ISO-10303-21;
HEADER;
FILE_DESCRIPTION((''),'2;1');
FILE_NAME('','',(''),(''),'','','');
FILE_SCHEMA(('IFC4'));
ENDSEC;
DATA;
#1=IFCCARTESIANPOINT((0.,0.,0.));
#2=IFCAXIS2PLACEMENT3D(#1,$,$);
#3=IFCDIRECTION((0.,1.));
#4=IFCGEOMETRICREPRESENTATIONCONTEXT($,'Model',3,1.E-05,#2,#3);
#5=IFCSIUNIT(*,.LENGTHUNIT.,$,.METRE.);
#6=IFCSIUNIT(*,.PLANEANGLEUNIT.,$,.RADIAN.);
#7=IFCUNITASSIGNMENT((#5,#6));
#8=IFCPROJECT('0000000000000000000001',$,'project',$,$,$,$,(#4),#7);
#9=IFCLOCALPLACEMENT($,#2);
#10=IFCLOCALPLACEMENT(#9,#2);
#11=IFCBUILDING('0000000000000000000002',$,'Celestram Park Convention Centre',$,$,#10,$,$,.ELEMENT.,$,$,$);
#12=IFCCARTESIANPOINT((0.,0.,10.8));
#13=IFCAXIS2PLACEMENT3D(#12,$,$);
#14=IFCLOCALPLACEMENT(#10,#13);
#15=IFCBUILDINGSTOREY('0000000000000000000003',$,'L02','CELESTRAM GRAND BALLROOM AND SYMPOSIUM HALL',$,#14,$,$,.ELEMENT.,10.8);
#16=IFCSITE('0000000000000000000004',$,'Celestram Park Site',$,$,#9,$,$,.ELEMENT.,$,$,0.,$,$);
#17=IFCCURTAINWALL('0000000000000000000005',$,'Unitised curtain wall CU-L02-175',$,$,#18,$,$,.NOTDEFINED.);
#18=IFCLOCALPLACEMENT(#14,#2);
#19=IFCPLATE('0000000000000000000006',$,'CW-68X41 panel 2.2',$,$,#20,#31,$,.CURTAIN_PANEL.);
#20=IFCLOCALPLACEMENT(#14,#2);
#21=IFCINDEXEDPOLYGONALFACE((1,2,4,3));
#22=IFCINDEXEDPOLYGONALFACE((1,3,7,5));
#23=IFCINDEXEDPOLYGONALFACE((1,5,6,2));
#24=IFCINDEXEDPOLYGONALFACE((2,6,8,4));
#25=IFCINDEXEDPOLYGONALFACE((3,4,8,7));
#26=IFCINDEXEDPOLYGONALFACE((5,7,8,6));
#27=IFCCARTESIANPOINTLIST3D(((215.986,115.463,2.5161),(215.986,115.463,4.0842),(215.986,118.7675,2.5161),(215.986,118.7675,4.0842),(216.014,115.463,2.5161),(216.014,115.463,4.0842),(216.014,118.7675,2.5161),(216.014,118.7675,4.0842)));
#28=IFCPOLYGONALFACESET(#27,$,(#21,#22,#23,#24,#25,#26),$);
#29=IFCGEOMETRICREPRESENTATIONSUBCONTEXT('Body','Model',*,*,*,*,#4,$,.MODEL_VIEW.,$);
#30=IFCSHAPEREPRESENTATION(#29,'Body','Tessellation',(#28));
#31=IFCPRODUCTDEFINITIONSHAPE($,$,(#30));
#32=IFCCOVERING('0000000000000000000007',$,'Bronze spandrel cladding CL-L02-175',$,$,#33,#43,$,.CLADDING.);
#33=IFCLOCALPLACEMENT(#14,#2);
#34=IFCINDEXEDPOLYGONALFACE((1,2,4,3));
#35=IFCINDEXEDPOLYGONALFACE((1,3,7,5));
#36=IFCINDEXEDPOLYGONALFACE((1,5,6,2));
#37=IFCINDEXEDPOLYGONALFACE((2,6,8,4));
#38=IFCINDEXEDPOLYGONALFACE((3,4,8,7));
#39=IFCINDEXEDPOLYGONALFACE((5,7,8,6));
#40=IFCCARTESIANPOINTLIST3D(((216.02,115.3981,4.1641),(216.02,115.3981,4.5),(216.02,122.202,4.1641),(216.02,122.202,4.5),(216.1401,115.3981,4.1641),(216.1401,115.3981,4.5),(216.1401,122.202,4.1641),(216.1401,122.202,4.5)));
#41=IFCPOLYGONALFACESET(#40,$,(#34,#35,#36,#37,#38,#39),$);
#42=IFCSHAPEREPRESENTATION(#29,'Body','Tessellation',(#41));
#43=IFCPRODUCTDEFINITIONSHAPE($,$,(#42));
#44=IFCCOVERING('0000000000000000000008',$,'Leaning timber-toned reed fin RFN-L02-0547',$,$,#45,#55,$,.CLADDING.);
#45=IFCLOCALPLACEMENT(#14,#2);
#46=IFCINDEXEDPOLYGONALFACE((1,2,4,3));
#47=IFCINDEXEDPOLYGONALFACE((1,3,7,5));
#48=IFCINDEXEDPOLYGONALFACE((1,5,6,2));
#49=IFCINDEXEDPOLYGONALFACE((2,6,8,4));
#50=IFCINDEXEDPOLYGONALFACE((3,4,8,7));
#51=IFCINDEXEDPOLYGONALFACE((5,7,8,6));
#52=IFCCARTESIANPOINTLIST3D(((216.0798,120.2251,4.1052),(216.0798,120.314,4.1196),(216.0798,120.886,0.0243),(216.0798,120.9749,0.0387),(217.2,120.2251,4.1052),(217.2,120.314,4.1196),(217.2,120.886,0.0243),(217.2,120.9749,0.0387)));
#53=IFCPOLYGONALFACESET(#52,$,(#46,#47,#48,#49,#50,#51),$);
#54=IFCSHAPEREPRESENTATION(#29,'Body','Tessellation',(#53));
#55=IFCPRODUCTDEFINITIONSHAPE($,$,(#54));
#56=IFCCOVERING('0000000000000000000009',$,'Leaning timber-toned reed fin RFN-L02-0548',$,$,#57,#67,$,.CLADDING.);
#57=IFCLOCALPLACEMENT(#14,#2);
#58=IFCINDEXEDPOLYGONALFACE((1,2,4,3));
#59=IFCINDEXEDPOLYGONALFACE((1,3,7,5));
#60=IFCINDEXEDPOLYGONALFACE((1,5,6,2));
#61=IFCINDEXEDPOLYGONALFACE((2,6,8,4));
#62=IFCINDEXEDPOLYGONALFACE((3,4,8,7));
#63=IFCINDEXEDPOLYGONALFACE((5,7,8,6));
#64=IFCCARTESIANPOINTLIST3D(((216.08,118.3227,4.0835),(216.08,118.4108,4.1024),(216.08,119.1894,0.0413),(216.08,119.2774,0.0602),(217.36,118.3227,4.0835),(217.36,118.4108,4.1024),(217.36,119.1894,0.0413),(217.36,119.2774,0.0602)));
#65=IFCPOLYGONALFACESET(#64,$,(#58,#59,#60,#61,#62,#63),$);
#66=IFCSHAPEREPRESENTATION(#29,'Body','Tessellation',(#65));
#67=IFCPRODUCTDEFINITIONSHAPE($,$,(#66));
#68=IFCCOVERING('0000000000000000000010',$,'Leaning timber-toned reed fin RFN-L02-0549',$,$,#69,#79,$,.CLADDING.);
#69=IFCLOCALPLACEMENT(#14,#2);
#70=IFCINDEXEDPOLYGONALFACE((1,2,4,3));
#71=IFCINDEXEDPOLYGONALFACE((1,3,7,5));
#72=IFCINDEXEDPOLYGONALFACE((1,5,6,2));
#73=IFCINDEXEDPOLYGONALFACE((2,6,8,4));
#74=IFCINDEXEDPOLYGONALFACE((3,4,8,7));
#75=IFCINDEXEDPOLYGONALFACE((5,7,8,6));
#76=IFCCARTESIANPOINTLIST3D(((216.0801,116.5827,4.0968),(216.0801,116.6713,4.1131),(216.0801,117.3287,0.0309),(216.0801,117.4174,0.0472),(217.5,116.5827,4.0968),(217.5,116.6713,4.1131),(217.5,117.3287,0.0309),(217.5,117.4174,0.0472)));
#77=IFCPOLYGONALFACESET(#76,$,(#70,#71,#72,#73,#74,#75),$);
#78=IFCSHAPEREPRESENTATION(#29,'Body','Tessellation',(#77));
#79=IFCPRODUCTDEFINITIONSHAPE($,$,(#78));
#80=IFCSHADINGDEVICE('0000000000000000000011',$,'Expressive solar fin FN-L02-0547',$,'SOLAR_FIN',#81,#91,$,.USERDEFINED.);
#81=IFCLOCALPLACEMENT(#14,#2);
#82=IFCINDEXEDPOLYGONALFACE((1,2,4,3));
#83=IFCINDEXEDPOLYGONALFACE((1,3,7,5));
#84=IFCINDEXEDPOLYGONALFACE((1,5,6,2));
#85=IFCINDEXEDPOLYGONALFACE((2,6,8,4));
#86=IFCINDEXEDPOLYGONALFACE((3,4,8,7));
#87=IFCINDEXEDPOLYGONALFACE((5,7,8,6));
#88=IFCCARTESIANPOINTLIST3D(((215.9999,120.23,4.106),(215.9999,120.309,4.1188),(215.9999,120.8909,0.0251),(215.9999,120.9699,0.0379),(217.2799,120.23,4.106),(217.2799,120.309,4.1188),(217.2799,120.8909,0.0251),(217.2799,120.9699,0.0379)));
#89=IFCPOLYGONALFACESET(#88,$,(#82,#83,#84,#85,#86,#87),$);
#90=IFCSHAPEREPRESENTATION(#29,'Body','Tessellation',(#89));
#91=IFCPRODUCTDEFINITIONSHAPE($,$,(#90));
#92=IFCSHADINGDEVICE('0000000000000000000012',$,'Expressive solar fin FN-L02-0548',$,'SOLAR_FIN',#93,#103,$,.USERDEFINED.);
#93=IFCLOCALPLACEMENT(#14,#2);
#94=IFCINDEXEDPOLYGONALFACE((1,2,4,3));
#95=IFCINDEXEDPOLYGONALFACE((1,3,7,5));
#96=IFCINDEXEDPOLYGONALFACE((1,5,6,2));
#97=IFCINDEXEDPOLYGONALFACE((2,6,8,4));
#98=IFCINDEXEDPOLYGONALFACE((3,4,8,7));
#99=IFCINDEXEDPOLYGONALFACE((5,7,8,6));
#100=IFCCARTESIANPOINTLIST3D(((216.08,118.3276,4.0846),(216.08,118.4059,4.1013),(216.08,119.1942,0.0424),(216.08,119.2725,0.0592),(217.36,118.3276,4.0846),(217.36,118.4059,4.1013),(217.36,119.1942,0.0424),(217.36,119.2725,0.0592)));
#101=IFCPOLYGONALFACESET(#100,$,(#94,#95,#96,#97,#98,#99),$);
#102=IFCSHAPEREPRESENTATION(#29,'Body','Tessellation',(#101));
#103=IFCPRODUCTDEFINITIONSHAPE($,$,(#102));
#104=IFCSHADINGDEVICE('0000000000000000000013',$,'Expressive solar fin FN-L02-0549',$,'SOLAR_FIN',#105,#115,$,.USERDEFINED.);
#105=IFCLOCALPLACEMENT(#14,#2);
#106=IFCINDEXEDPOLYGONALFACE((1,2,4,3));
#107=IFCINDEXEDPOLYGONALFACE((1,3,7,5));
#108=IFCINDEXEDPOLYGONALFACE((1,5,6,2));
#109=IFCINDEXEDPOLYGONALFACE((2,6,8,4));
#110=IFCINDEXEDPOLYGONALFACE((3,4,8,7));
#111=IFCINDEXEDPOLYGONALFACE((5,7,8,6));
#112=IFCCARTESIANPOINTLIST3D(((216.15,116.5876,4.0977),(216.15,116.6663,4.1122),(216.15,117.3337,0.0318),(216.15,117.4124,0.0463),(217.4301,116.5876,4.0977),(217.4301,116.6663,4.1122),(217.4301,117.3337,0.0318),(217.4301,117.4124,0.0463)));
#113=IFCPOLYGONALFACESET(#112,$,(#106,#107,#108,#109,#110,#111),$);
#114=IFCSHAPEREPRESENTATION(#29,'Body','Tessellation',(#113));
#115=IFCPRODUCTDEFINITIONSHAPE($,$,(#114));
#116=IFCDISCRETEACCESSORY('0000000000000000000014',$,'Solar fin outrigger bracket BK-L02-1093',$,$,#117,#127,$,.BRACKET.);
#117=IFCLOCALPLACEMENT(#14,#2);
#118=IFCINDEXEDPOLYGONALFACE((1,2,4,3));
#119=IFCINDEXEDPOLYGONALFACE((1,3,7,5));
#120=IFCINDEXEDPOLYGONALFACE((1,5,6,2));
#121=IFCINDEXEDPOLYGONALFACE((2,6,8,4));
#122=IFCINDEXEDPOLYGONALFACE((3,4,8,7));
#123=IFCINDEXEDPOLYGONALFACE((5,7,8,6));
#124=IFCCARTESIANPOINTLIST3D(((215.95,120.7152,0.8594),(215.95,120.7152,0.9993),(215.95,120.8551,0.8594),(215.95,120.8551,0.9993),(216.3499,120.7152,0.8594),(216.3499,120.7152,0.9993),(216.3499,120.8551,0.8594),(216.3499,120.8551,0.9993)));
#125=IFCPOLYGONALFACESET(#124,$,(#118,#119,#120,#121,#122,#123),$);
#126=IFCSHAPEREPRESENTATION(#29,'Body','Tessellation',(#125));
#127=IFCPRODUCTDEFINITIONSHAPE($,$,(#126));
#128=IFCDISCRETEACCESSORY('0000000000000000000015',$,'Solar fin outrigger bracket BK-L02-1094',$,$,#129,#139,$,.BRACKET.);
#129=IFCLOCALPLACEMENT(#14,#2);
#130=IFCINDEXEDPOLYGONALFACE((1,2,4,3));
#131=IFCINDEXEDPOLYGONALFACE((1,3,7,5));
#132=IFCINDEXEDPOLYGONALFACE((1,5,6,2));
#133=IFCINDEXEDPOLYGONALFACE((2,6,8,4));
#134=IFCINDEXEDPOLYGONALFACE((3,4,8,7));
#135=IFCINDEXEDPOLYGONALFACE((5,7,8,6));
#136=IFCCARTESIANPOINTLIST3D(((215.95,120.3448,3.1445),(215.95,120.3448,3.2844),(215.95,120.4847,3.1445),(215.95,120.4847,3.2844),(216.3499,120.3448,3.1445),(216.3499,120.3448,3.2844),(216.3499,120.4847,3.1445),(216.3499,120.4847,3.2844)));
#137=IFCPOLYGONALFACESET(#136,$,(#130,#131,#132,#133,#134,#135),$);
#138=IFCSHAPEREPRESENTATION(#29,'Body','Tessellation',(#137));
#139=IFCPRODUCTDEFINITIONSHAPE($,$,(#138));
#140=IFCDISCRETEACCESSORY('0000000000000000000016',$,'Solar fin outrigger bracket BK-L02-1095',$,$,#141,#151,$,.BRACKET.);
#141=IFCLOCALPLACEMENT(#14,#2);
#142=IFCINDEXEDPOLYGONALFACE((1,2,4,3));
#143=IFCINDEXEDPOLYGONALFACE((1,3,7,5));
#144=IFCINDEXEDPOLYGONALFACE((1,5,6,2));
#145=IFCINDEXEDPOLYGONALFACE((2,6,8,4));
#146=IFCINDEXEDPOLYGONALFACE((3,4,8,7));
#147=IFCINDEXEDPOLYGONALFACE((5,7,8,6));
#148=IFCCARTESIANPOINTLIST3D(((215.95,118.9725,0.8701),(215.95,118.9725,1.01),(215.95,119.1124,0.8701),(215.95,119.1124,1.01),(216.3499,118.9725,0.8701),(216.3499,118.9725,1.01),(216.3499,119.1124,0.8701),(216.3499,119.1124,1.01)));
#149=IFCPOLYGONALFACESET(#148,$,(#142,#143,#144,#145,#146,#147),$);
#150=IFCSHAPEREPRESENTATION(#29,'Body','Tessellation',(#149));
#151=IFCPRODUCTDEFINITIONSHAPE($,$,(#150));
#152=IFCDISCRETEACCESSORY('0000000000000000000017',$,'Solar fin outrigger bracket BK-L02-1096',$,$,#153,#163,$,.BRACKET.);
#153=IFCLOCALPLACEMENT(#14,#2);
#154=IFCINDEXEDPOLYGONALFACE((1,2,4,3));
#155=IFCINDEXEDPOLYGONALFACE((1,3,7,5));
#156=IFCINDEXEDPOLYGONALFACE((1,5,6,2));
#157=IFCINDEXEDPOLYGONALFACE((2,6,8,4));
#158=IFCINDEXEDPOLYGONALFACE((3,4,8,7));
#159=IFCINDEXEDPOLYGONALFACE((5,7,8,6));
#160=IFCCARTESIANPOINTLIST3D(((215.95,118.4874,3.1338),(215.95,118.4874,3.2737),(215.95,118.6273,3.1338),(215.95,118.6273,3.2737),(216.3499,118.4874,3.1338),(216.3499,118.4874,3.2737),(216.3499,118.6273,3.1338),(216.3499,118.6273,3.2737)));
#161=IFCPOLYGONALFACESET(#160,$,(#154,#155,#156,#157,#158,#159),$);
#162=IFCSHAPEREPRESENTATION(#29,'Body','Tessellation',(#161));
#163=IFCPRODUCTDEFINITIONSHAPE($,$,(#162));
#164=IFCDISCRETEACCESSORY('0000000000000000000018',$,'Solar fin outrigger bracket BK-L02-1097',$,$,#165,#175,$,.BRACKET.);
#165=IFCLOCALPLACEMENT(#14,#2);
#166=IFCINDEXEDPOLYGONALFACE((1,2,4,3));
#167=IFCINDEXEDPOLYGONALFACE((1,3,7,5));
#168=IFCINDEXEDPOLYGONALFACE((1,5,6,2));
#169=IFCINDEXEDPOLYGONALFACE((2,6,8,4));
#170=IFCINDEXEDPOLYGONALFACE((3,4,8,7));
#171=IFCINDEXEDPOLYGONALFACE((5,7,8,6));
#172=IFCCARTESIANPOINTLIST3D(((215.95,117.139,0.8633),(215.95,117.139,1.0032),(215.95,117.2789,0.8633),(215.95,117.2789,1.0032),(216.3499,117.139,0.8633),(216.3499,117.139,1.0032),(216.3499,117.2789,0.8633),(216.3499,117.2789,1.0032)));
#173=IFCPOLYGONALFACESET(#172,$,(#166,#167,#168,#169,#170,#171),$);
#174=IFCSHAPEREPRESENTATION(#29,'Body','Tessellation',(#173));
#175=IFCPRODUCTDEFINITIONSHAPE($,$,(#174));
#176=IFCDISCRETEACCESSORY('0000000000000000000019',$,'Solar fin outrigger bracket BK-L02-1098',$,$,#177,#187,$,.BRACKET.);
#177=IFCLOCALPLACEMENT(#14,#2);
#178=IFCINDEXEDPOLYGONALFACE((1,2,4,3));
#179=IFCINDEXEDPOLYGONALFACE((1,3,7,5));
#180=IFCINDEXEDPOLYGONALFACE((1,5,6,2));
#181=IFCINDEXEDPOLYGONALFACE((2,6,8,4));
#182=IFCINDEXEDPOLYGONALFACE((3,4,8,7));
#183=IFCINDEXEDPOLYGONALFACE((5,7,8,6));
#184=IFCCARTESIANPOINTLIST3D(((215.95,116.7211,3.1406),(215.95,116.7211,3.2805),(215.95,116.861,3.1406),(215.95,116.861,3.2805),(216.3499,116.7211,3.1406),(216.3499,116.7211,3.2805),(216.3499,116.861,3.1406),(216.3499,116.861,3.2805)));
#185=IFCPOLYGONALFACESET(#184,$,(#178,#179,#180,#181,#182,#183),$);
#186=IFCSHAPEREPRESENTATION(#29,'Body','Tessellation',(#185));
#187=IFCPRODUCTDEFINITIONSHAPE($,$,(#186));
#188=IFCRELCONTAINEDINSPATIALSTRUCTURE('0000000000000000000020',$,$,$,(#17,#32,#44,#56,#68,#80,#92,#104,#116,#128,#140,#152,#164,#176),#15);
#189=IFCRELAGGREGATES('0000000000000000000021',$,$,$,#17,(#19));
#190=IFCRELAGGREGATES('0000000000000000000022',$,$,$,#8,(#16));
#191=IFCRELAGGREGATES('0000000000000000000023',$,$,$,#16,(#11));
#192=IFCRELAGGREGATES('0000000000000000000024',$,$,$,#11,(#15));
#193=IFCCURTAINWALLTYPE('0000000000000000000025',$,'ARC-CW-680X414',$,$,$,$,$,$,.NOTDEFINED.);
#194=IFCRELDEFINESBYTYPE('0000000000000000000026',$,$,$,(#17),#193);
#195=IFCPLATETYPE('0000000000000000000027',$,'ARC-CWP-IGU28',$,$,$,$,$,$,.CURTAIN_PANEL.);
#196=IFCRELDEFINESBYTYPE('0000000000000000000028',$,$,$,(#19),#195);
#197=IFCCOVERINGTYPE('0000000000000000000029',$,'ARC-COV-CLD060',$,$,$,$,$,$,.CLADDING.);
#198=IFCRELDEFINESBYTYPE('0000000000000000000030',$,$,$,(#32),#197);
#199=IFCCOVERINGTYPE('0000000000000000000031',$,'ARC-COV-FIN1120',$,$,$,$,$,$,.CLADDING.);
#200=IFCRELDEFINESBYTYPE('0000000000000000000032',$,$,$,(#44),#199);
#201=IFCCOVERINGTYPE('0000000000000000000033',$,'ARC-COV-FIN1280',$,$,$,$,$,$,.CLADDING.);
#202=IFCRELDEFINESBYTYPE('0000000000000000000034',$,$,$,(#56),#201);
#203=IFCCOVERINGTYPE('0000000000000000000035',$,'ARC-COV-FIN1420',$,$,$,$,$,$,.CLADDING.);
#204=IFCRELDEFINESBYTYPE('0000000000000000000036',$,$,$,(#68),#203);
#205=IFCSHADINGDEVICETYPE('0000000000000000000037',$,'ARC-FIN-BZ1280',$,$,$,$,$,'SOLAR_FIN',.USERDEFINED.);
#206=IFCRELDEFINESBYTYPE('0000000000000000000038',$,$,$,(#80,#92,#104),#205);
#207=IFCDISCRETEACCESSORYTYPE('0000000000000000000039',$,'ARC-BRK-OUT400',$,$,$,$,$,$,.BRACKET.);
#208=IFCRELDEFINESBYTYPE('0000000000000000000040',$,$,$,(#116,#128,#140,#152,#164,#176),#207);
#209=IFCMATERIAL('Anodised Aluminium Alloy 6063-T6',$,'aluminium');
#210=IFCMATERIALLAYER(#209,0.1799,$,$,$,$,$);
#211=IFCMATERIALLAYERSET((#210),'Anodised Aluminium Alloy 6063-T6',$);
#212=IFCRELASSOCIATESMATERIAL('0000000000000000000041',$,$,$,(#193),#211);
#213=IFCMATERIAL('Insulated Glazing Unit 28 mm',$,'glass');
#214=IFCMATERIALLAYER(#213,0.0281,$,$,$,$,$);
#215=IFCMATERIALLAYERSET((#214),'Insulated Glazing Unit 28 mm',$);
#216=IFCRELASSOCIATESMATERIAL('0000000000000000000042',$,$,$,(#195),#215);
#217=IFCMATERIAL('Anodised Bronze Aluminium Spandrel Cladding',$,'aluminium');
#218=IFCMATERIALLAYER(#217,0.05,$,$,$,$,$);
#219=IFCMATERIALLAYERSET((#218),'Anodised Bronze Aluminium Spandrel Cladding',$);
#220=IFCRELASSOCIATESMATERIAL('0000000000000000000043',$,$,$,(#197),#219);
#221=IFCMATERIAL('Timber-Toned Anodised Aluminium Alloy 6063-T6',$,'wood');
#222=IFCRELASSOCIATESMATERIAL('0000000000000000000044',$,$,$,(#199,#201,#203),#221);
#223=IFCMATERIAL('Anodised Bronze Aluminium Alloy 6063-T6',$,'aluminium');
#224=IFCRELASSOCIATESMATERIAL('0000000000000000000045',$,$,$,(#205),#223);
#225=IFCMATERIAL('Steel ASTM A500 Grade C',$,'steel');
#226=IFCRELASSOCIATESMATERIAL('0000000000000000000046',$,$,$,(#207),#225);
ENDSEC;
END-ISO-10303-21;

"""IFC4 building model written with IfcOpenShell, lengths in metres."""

from ifc_helpers import new_model, si_unit, direction, frame, origin, origin_2d, place, context, subcontext, project, spatial, rectangle, extrude, material, layer, layer_set, material_profile, profile_set, type_object, element, aggregate, save


model = new_model("IFC4")

# Units and contexts
model_context = context("Model", 3, precision=1e-05, world=origin(), true_north=direction((0.0, 1.0)))
body_context = subcontext(model_context, "Body", "Model", "MODEL_VIEW")
ifc_project = project(units=[si_unit("LENGTHUNIT", "METRE"), si_unit("PLANEANGLEUNIT", "RADIAN")], contexts=[model_context])

# Site, building, storey
site_placement = place(None, origin())
site = spatial("IfcSite", under=ifc_project, at=site_placement, Name="Celestram Park Site", CompositionType="ELEMENT", RefElevation=0.0)
building_placement = place(site_placement, origin())
building = spatial("IfcBuilding", under=site, at=building_placement, Name="Celestram Park Convention Centre", CompositionType="ELEMENT")
storey_placement = place(building_placement, frame((0.0, 0.0, 10.8)))
storey = spatial("IfcBuildingStorey", under=building, at=storey_placement, Name="L02", Description="CELESTRAM GRAND BALLROOM AND SYMPOSIUM HALL", CompositionType="ELEMENT", Elevation=10.8)

# Shared definitions
ifc_material_1 = material(Name="Steel ASTM A500 Grade C", Category="steel")

# Curtain wall, plate
ifc_material_2 = material(Name="Anodised Aluminium Alloy 6063-T6", Category="aluminium")
ifc_layer_1 = layer(ifc_material_2, 0.1799)
ifc_layer_set_1 = layer_set([ifc_layer_1], Name="Anodised Aluminium Alloy 6063-T6")
curtain_wall_type = type_object("IfcCurtainWallType", Name="ARC-CW-680X414", PredefinedType="NOTDEFINED", material=ifc_layer_set_1)
curtain_wall_placement = place(storey_placement, origin())
curtain_wall = element("IfcCurtainWall", 1, at=curtain_wall_placement, inside=storey, type_object=curtain_wall_type, Name="Unitised curtain wall CU-L02-175", PredefinedType="NOTDEFINED")
ifc_material_3 = material(Name="Insulated Glazing Unit 28 mm", Category="glass")
ifc_layer_2 = layer(ifc_material_3, 0.0281)
ifc_layer_set_2 = layer_set([ifc_layer_2], Name="Insulated Glazing Unit 28 mm")
plate_type = type_object("IfcPlateType", Name="ARC-CWP-IGU28", PredefinedType="CURTAIN_PANEL", material=ifc_layer_set_2)
plate_1_placement = place(storey_placement, frame((216.0, 117.1152, 2.5161), z_axis=(0.0, 0.0, 1.0), x_axis=(0.0, -1.0, 0.0)))
plate_1 = element("IfcPlate", 2, at=plate_1_placement, type_object=plate_type, Name="CW-68X41 panel 2.2", PredefinedType="CURTAIN_PANEL", context=body_context, shape_type="SweptSolid", body=[
    extrude(rectangle(XDim=3.3044, YDim=0.0281, at=origin_2d()), origin(), (0.0, 0.0, 1.0), 1.5681),
])
aggregate(curtain_wall, [plate_1])

# Coverings
ifc_material_4 = material(Name="Anodised Bronze Aluminium Spandrel Cladding", Category="aluminium")
ifc_layer_3 = layer(ifc_material_4, 0.05)
ifc_layer_set_3 = layer_set([ifc_layer_3], Name="Anodised Bronze Aluminium Spandrel Cladding")
covering_type_1 = type_object("IfcCoveringType", Name="ARC-COV-CLD060", PredefinedType="CLADDING", material=ifc_layer_set_3)
covering_1_placement = place(storey_placement, frame((216.0801, 118.8, 4.1641), z_axis=(0.0, 0.0, 1.0), x_axis=(0.0, -1.0, 0.0)))
element("IfcCovering", 3, at=covering_1_placement, inside=storey, type_object=covering_type_1, Name="Bronze spandrel cladding CL-L02-175", PredefinedType="CLADDING", context=body_context, shape_type="SweptSolid", body=[
    extrude(rectangle(XDim=6.804, YDim=0.1201, at=origin_2d()), origin(), (0.0, 0.0, 1.0), 0.3359),
])
ifc_material_5 = material(Name="Timber-Toned Anodised Aluminium Alloy 6063-T6", Category="wood")
ifc_material_profile_1 = material_profile(ifc_material_5, rectangle(XDim=1.1201, YDim=0.0901, at=origin_2d()), Name="REED1120X90")
ifc_profile_set_1 = profile_set([ifc_material_profile_1], Name="Timber-Toned Anodised Aluminium Alloy 6063-T6")
covering_type_2 = type_object("IfcCoveringType", Name="ARC-COV-FIN1120", PredefinedType="CLADDING", material=ifc_profile_set_1)
covering_2_placement = place(storey_placement, frame((216.6399, 120.9304, 0.0315), z_axis=(0.0, -0.159867, 0.987138), x_axis=(1.0, 0.0, 0.0)))
element("IfcCovering", 4, at=covering_2_placement, inside=storey, type_object=covering_type_2, Name="Leaning timber-toned reed fin RFN-L02-0547", PredefinedType="CLADDING", context=body_context, shape_type="SweptSolid", body=[
    extrude(rectangle(XDim=1.1201, YDim=0.0901, at=origin_2d()), origin(), (0.0, 0.0, 1.0), 4.134),
])
ifc_material_profile_2 = material_profile(ifc_material_5, rectangle(XDim=1.28, YDim=0.0901, at=origin_2d()), Name="REED1280X90")
ifc_profile_set_2 = profile_set([ifc_material_profile_2], Name="Timber-Toned Anodised Aluminium Alloy 6063-T6")
covering_type_3 = type_object("IfcCoveringType", Name="ARC-COV-FIN1280", PredefinedType="CLADDING", material=ifc_profile_set_2)
covering_3_placement = place(storey_placement, frame((216.72, 119.2334, 0.0508), z_axis=(0.0, -0.209646, 0.977777), x_axis=(1.0, 0.0, 0.0)))
element("IfcCovering", 5, at=covering_3_placement, inside=storey, type_object=covering_type_3, Name="Leaning timber-toned reed fin RFN-L02-0548", PredefinedType="CLADDING", context=body_context, shape_type="SweptSolid", body=[
    extrude(rectangle(XDim=1.28, YDim=0.0901, at=origin_2d()), origin(), (0.0, 0.0, 1.0), 4.134),
])
ifc_material_profile_3 = material_profile(ifc_material_5, rectangle(XDim=1.4199, YDim=0.0901, at=origin_2d()), Name="REED1420X90")
ifc_profile_set_3 = profile_set([ifc_material_profile_3], Name="Timber-Toned Anodised Aluminium Alloy 6063-T6")
covering_type_4 = type_object("IfcCoveringType", Name="ARC-COV-FIN1420", PredefinedType="CLADDING", material=ifc_profile_set_3)
covering_4_placement = place(storey_placement, frame((216.79, 117.373, 0.0391), z_axis=(0.0, -0.180486, 0.983578), x_axis=(1.0, 0.0, 0.0)))
element("IfcCovering", 6, at=covering_4_placement, inside=storey, type_object=covering_type_4, Name="Leaning timber-toned reed fin RFN-L02-0549", PredefinedType="CLADDING", context=body_context, shape_type="SweptSolid", body=[
    extrude(rectangle(XDim=1.4199, YDim=0.0901, at=origin_2d()), origin(), (0.0, 0.0, 1.0), 4.1338),
])

# Shading devices
ifc_material_6 = material(Name="Anodised Bronze Aluminium Alloy 6063-T6", Category="aluminium")
ifc_material_profile_4 = material_profile(ifc_material_6, rectangle(XDim=1.28, YDim=0.0801, at=origin_2d()), Name="FIN1280X80")
ifc_profile_set_4 = profile_set([ifc_material_profile_4], Name="Anodised Bronze Aluminium Alloy 6063-T6")
shading_device_type = type_object("IfcShadingDeviceType", Name="ARC-FIN-BZ1280", ElementType="SOLAR_FIN", PredefinedType="USERDEFINED", material=ifc_profile_set_4)
for number, where, z_axis, x_axis, name in (
    (7, (216.6399, 120.9304, 0.0315), (0.0, -0.159867, 0.987138), (1.0, 0.0, 0.0), "Expressive solar fin FN-L02-0547"),
    (8, (216.72, 119.2334, 0.0508), (0.0, -0.209646, 0.977777), (1.0, 0.0, 0.0), "Expressive solar fin FN-L02-0548"),
):
    element("IfcShadingDevice", number, at=place(storey_placement, frame(where, z_axis=z_axis, x_axis=x_axis)), inside=storey, type_object=shading_device_type, Name=name, ObjectType="SOLAR_FIN", PredefinedType="USERDEFINED", context=body_context, shape_type="SweptSolid", body=[
        extrude(rectangle(XDim=1.28, YDim=0.0801, at=origin_2d()), origin(), (0.0, 0.0, 1.0), 4.134),
    ])
shading_device_placement = place(storey_placement, frame((216.79, 117.373, 0.0391), z_axis=(0.0, -0.180486, 0.983578), x_axis=(1.0, 0.0, 0.0)))
element("IfcShadingDevice", 9, at=shading_device_placement, inside=storey, type_object=shading_device_type, Name="Expressive solar fin FN-L02-0549", ObjectType="SOLAR_FIN", PredefinedType="USERDEFINED", context=body_context, shape_type="SweptSolid", body=[
    extrude(rectangle(XDim=1.28, YDim=0.0801, at=origin_2d()), origin(), (0.0, 0.0, 1.0), 4.1338),
])

# Discrete accessories
discrete_accessory_type = type_object("IfcDiscreteAccessoryType", Name="ARC-BRK-OUT400", PredefinedType="BRACKET", material=ifc_material_1)
for number, where, z_axis, x_axis, name in (
    (10, (216.1499, 120.7852, 0.8594), (0.0, 0.0, 1.0), (1.0, 0.0, 0.0), "Solar fin outrigger bracket BK-L02-1093"),
    (11, (216.1499, 120.4148, 3.1445), (0.0, 0.0, 1.0), (1.0, 0.0, 0.0), "Solar fin outrigger bracket BK-L02-1094"),
    (12, (216.1499, 119.0425, 0.8701), (0.0, 0.0, 1.0), (1.0, 0.0, 0.0), "Solar fin outrigger bracket BK-L02-1095"),
    (13, (216.1499, 118.5574, 3.1338), (0.0, 0.0, 1.0), (1.0, 0.0, 0.0), "Solar fin outrigger bracket BK-L02-1096"),
    (14, (216.1499, 117.209, 0.8633), (0.0, 0.0, 1.0), (1.0, 0.0, 0.0), "Solar fin outrigger bracket BK-L02-1097"),
    (15, (216.1499, 116.791, 3.1406), (0.0, 0.0, 1.0), (1.0, 0.0, 0.0), "Solar fin outrigger bracket BK-L02-1098"),
):
    element("IfcDiscreteAccessory", number, at=place(storey_placement, frame(where, z_axis=z_axis, x_axis=x_axis)), inside=storey, type_object=discrete_accessory_type, Name=name, PredefinedType="BRACKET", context=body_context, shape_type="SweptSolid", body=[
        extrude(rectangle(XDim=0.3999, YDim=0.1399, at=origin_2d()), origin(), (0.0, 0.0, 1.0), 0.1399),
    ])

save(model, "model.ifc")
